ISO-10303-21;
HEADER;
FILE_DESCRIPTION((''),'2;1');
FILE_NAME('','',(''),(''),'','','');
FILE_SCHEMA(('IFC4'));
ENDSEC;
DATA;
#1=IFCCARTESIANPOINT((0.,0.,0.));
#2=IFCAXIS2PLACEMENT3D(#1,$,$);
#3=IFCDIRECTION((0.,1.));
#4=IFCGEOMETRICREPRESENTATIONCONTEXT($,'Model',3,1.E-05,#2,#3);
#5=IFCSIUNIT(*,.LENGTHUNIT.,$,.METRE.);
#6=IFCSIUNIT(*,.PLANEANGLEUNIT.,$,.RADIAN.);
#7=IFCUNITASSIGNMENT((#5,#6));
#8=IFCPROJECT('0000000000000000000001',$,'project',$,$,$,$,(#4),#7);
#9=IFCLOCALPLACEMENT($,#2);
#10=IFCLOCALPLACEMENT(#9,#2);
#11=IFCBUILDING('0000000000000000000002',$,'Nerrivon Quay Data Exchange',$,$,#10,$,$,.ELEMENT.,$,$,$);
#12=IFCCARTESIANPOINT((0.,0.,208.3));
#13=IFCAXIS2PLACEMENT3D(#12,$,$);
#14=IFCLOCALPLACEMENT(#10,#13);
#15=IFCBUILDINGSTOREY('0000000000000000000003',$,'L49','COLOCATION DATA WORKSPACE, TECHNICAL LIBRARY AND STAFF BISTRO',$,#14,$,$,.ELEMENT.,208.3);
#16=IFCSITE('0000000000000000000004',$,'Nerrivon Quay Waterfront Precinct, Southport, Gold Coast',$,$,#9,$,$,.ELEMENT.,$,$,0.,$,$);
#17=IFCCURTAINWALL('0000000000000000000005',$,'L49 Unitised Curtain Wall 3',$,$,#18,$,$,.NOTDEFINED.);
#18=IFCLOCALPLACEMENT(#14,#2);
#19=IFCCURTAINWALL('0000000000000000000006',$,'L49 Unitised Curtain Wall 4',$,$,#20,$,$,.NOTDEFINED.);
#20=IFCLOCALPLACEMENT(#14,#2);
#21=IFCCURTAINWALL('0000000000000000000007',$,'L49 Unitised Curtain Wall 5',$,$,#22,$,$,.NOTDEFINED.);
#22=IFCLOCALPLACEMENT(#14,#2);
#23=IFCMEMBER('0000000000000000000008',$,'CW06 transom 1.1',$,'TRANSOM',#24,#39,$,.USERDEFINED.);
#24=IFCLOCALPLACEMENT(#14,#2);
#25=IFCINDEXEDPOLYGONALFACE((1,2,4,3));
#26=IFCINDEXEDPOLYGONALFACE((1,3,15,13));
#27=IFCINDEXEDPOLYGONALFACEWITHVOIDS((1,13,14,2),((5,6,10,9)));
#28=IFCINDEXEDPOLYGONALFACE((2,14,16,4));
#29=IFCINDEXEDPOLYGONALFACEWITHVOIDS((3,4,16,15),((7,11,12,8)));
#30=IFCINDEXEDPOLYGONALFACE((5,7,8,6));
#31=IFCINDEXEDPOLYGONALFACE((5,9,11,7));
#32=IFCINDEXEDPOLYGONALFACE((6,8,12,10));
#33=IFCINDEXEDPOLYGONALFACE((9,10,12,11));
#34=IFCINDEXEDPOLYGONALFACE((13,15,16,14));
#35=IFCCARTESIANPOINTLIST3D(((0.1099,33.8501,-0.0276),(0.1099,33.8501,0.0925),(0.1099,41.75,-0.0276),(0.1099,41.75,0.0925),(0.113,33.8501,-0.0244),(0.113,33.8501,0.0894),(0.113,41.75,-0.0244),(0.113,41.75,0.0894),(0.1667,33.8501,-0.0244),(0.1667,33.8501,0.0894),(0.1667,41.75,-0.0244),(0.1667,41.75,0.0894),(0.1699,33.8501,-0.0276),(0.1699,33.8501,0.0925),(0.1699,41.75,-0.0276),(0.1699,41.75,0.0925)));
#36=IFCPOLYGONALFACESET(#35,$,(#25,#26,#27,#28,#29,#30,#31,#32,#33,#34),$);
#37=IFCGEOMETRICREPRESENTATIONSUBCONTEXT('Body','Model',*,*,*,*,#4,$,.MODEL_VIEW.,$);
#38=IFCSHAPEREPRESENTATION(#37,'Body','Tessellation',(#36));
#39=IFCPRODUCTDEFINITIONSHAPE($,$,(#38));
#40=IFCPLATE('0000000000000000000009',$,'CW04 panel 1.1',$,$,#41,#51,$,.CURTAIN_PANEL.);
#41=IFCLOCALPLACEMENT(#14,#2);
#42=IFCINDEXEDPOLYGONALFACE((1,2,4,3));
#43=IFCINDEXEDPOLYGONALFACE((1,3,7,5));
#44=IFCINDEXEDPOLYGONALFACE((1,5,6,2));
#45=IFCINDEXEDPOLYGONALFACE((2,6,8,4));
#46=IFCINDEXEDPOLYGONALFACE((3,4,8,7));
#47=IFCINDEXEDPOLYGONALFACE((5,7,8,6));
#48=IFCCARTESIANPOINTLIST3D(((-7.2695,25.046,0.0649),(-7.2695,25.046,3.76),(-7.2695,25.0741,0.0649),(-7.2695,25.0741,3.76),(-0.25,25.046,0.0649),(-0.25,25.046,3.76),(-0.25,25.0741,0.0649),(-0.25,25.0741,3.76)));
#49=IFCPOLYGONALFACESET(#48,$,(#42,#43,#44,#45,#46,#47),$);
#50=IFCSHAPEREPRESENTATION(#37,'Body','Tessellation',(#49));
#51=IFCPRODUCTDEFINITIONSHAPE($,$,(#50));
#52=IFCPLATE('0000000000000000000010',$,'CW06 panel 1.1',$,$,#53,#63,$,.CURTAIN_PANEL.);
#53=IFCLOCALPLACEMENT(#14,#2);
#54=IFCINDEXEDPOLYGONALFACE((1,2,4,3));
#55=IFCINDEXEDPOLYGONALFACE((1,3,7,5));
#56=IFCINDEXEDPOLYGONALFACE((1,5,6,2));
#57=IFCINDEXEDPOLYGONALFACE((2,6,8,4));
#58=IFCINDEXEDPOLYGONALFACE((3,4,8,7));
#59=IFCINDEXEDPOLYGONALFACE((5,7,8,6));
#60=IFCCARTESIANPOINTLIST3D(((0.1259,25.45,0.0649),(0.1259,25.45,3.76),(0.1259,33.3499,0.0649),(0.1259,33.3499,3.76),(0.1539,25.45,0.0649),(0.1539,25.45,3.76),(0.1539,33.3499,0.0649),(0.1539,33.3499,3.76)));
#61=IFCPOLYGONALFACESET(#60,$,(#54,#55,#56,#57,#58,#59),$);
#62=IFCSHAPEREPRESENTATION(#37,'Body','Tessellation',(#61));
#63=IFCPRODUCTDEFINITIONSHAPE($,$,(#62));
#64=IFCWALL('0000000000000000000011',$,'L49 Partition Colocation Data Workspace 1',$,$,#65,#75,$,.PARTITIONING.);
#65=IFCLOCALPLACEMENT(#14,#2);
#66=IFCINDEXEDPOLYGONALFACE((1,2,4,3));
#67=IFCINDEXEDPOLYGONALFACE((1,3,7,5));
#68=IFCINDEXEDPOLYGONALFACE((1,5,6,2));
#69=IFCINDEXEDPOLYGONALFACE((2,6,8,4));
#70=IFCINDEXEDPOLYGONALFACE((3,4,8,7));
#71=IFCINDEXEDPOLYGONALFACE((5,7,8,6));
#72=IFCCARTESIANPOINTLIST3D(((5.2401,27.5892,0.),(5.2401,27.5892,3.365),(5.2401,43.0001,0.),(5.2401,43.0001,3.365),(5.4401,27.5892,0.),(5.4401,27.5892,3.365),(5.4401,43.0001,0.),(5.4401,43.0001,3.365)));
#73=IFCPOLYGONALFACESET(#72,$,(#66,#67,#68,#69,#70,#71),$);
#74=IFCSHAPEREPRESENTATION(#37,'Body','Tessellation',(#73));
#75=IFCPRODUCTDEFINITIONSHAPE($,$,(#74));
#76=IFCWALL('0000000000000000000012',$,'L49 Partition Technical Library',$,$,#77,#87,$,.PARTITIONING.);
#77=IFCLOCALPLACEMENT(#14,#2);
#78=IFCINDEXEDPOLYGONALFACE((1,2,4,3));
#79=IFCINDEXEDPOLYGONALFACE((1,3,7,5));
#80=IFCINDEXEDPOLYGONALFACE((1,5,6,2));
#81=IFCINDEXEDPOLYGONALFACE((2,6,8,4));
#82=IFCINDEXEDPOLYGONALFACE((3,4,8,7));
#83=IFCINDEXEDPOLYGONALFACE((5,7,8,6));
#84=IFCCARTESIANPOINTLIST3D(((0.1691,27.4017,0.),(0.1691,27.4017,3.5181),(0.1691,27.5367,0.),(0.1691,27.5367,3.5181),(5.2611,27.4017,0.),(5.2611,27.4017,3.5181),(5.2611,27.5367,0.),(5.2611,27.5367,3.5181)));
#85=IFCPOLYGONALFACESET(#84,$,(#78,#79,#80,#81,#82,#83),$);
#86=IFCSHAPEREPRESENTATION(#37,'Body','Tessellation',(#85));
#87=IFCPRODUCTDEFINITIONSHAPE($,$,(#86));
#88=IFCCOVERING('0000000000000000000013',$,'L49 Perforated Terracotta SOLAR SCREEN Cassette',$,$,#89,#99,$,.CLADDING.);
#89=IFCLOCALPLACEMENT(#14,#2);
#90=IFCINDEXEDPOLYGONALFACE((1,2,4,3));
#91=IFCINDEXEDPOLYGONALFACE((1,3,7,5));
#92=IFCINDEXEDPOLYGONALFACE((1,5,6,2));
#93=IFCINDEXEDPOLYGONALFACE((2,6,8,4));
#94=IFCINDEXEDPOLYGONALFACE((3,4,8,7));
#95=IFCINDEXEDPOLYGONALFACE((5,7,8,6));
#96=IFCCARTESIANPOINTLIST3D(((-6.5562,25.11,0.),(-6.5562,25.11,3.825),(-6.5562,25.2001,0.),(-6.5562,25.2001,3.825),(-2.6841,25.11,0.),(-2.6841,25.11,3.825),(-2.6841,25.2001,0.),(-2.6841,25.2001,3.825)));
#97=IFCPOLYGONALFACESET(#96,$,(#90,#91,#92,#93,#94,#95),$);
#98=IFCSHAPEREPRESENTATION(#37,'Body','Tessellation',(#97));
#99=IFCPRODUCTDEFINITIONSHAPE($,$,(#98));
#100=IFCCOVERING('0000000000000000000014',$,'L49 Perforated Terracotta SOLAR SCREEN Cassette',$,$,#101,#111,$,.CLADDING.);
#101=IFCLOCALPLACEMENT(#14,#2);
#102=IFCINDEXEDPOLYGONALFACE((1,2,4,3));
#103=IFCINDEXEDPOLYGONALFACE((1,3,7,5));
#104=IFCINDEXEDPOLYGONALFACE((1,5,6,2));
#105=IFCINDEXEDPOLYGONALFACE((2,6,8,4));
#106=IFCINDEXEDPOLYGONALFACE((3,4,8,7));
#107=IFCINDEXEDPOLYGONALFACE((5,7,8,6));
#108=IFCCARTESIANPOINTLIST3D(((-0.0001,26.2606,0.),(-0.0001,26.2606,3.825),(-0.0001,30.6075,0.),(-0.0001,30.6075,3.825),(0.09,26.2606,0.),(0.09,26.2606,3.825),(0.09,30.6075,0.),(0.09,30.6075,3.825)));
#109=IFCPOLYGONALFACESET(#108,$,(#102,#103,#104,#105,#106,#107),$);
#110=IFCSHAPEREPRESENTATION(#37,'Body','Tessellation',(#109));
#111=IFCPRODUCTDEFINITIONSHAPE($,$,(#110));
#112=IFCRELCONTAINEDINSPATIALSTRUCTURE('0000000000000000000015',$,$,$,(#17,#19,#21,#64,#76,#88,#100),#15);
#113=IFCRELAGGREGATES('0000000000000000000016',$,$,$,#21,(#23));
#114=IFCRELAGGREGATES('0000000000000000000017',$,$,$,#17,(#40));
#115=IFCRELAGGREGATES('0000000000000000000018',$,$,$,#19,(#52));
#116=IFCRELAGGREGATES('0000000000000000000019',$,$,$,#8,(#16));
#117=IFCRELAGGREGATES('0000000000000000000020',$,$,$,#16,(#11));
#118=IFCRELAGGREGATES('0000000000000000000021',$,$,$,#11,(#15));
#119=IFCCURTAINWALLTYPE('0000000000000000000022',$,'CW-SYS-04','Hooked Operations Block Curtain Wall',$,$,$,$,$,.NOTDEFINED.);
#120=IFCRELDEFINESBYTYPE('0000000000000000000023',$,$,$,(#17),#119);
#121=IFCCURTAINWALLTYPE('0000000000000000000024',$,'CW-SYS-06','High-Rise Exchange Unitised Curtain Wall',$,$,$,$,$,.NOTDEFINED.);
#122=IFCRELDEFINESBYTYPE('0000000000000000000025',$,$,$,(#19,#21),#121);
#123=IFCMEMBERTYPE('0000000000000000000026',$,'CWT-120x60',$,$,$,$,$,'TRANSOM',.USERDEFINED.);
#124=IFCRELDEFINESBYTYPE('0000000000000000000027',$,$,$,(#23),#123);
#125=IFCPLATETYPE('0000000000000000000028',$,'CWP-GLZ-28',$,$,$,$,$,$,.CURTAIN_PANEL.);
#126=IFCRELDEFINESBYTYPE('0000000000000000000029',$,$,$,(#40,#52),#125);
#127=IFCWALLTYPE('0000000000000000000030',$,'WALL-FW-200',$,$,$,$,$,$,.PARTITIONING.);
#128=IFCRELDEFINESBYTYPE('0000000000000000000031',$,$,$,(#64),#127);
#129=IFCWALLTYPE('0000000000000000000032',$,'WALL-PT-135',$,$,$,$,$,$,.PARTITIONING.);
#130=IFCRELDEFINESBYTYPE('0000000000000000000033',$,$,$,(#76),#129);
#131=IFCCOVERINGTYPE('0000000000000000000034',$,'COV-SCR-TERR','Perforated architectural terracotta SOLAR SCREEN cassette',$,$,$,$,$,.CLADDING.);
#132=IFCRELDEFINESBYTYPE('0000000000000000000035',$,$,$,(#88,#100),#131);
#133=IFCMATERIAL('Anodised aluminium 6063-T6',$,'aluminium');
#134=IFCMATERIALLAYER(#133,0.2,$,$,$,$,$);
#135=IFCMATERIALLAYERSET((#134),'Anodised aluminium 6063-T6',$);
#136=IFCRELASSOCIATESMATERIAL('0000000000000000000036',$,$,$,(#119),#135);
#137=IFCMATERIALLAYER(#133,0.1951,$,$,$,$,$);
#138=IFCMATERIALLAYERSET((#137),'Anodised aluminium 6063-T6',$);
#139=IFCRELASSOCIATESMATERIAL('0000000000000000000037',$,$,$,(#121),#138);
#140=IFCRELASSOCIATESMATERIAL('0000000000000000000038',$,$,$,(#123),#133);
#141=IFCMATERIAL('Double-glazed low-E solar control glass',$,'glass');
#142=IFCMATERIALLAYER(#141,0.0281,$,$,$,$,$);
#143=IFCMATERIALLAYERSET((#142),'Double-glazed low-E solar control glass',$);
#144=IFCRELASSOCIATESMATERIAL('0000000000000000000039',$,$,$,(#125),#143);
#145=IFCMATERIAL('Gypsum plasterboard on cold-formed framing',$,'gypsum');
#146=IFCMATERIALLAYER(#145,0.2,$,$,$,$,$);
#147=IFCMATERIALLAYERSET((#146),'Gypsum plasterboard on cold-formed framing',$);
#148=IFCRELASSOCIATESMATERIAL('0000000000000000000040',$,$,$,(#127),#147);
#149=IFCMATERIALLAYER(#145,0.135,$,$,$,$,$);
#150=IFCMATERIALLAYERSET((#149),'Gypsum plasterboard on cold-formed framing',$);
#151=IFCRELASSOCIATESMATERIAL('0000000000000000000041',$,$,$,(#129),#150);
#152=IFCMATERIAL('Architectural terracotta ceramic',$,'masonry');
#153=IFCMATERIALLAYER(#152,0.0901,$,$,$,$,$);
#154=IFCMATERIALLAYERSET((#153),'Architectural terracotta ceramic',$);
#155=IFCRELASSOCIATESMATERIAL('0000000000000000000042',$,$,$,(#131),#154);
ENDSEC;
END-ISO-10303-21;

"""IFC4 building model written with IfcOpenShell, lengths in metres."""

from ifc_helpers import new_model, si_unit, direction, frame, frame_2d, origin, origin_2d, place, context, subcontext, project, spatial, rectangle, hollow_rectangle, extrude, material, layer, layer_set, material_profile, profile_set, type_object, element, aggregate, save


model = new_model("IFC4")

# Units and contexts
model_context = context("Model", 3, precision=1e-05, world=origin(), true_north=direction((0.0, 1.0)))
body_context = subcontext(model_context, "Body", "Model", "MODEL_VIEW")
ifc_project = project(units=[si_unit("LENGTHUNIT", "METRE"), si_unit("PLANEANGLEUNIT", "RADIAN")], contexts=[model_context])

# Site, building, storey
site_placement = place(None, origin())
site = spatial("IfcSite", under=ifc_project, at=site_placement, Name="Nerrivon Quay Waterfront Precinct, Southport, Gold Coast", CompositionType="ELEMENT", RefElevation=0.0)
building_placement = place(site_placement, origin())
building = spatial("IfcBuilding", under=site, at=building_placement, Name="Nerrivon Quay Data Exchange", CompositionType="ELEMENT")
storey_placement = place(building_placement, frame((0.0, 0.0, 208.3)))
storey = spatial("IfcBuildingStorey", under=building, at=storey_placement, Name="L49", Description="COLOCATION DATA WORKSPACE, TECHNICAL LIBRARY AND STAFF BISTRO", CompositionType="ELEMENT", Elevation=208.3)

# Curtain wall
ifc_material_1 = material(Name="Anodised aluminium 6063-T6", Category="aluminium")
ifc_layer_1 = layer(ifc_material_1, 0.2)
ifc_layer_set_1 = layer_set([ifc_layer_1], Name="Anodised aluminium 6063-T6")
curtain_wall_type_1 = type_object("IfcCurtainWallType", Name="CW-SYS-04", Description="Hooked Operations Block Curtain Wall", PredefinedType="NOTDEFINED", material=ifc_layer_set_1)
curtain_wall_1_placement = place(storey_placement, origin())
curtain_wall_1 = element("IfcCurtainWall", 1, at=curtain_wall_1_placement, inside=storey, type_object=curtain_wall_type_1, Name="L49 Unitised Curtain Wall 3", PredefinedType="NOTDEFINED")

# Curtain wall
ifc_layer_2 = layer(ifc_material_1, 0.1951)
ifc_layer_set_2 = layer_set([ifc_layer_2], Name="Anodised aluminium 6063-T6")
curtain_wall_type_2 = type_object("IfcCurtainWallType", Name="CW-SYS-06", Description="High-Rise Exchange Unitised Curtain Wall", PredefinedType="NOTDEFINED", material=ifc_layer_set_2)
curtain_wall_2_placement = place(storey_placement, origin())
curtain_wall_2 = element("IfcCurtainWall", 2, at=curtain_wall_2_placement, inside=storey, type_object=curtain_wall_type_2, Name="L49 Unitised Curtain Wall 4", PredefinedType="NOTDEFINED")

# Curtain wall
curtain_wall_3_placement = place(storey_placement, origin())
curtain_wall_3 = element("IfcCurtainWall", 3, at=curtain_wall_3_placement, inside=storey, type_object=curtain_wall_type_2, Name="L49 Unitised Curtain Wall 5", PredefinedType="NOTDEFINED")

# Member
ifc_material_profile_1 = material_profile(ifc_material_1, hollow_rectangle(XDim=0.0601, YDim=0.1201, WallThickness=0.0032, at=origin_2d()), Name="ALU-TRAN-120x60")
ifc_profile_set_1 = profile_set([ifc_material_profile_1], Name="Anodised aluminium 6063-T6")
member_type_1 = type_object("IfcMemberType", Name="CWT-120x60", ElementType="TRANSOM", PredefinedType="USERDEFINED", material=ifc_profile_set_1)
member_1_placement = place(storey_placement, frame((0.1399, 33.8501, 0.0325), z_axis=(0.0, 1.0, 0.0), x_axis=(-1.0, 0.0, 0.0)))
member_1 = element("IfcMember", 4, at=member_1_placement, type_object=member_type_1, Name="CW06 transom 1.1", ObjectType="TRANSOM", PredefinedType="USERDEFINED", context=body_context, shape_type="SweptSolid", body=[
    extrude(hollow_rectangle(XDim=0.0601, YDim=0.1201, WallThickness=0.0032, at=origin_2d()), origin(), (0.0, 0.0, 1.0), 7.8999),
])
aggregate(curtain_wall_3, [member_1])

# Plates
ifc_material_2 = material(Name="Double-glazed low-E solar control glass", Category="glass")
ifc_layer_3 = layer(ifc_material_2, 0.0281)
ifc_layer_set_3 = layer_set([ifc_layer_3], Name="Double-glazed low-E solar control glass")
plate_type = type_object("IfcPlateType", Name="CWP-GLZ-28", PredefinedType="CURTAIN_PANEL", material=ifc_layer_set_3)
plate_1_placement = place(storey_placement, frame((-3.7598, 25.0601, 0.0649), z_axis=(0.0, 0.0, 1.0), x_axis=(1.0, 0.0, 0.0)))
plate_1 = element("IfcPlate", 5, at=plate_1_placement, type_object=plate_type, Name="CW04 panel 1.1", PredefinedType="CURTAIN_PANEL", context=body_context, shape_type="SweptSolid", body=[
    extrude(rectangle(XDim=7.0195, YDim=0.0281, at=origin_2d()), origin(), (0.0, 0.0, 1.0), 3.6951),
])
aggregate(curtain_wall_1, [plate_1])
plate_2_placement = place(storey_placement, frame((0.1399, 29.3999, 0.0649), z_axis=(0.0, 0.0, 1.0), x_axis=(0.0, 1.0, 0.0)))
plate_2 = element("IfcPlate", 6, at=plate_2_placement, type_object=plate_type, Name="CW06 panel 1.1", PredefinedType="CURTAIN_PANEL", context=body_context, shape_type="SweptSolid", body=[
    extrude(rectangle(XDim=7.8999, YDim=0.0281, at=origin_2d()), origin(), (0.0, 0.0, 1.0), 3.6951),
])
aggregate(curtain_wall_2, [plate_2])

# Walls
ifc_material_3 = material(Name="Gypsum plasterboard on cold-formed framing", Category="gypsum")
ifc_layer_4 = layer(ifc_material_3, 0.2)
ifc_layer_set_4 = layer_set([ifc_layer_4], Name="Gypsum plasterboard on cold-formed framing")
wall_type_1 = type_object("IfcWallType", Name="WALL-FW-200", PredefinedType="PARTITIONING", material=ifc_layer_set_4)
wall_1_placement = place(storey_placement, frame((5.3401, 27.5891, 0.0), z_axis=(0.0, 0.0, 1.0), x_axis=(0.0, 1.0, 0.0)))
element("IfcWall", 7, at=wall_1_placement, inside=storey, type_object=wall_type_1, Name="L49 Partition Colocation Data Workspace 1", PredefinedType="PARTITIONING", context=body_context, shape_type="SweptSolid", body=[
    extrude(rectangle(XDim=15.4109, YDim=0.2, at=frame_2d((7.7056, 0.0))), origin(), (0.0, 0.0, 1.0), 3.365),
])
ifc_layer_5 = layer(ifc_material_3, 0.135)
ifc_layer_set_5 = layer_set([ifc_layer_5], Name="Gypsum plasterboard on cold-formed framing")
wall_type_2 = type_object("IfcWallType", Name="WALL-PT-135", PredefinedType="PARTITIONING", material=ifc_layer_set_5)
wall_2_placement = place(storey_placement, frame((5.261, 27.4692, 0.0), z_axis=(0.0, 0.0, 1.0), x_axis=(-1.0, 0.0, 0.0)))
element("IfcWall", 8, at=wall_2_placement, inside=storey, type_object=wall_type_2, Name="L49 Partition Technical Library", PredefinedType="PARTITIONING", context=body_context, shape_type="SweptSolid", body=[
    extrude(rectangle(XDim=5.092, YDim=0.135, at=frame_2d((2.5459, 0.0))), origin(), (0.0, 0.0, 1.0), 3.5181),
])

# Coverings
ifc_material_4 = material(Name="Architectural terracotta ceramic", Category="masonry")
ifc_layer_6 = layer(ifc_material_4, 0.0901)
ifc_layer_set_6 = layer_set([ifc_layer_6], Name="Architectural terracotta ceramic")
covering_type = type_object("IfcCoveringType", Name="COV-SCR-TERR", Description="Perforated architectural terracotta SOLAR SCREEN cassette", PredefinedType="CLADDING", material=ifc_layer_set_6)
covering_1_placement = place(storey_placement, frame((-4.6201, 25.155, 0.0), z_axis=(0.0, 0.0, 1.0), x_axis=(1.0, 0.0, 0.0)))
element("IfcCovering", 9, at=covering_1_placement, inside=storey, type_object=covering_type, Name="L49 Perforated Terracotta SOLAR SCREEN Cassette", PredefinedType="CLADDING", context=body_context, shape_type="SweptSolid", body=[
    extrude(rectangle(XDim=3.8721, YDim=0.0901, at=origin_2d()), origin(), (0.0, 0.0, 1.0), 3.825),
])
covering_2_placement = place(storey_placement, frame((0.0449, 28.4341, 0.0), z_axis=(0.0, 0.0, 1.0), x_axis=(0.0, 1.0, 0.0)))
element("IfcCovering", 10, at=covering_2_placement, inside=storey, type_object=covering_type, Name="L49 Perforated Terracotta SOLAR SCREEN Cassette", PredefinedType="CLADDING", context=body_context, shape_type="SweptSolid", body=[
    extrude(rectangle(XDim=4.3469, YDim=0.0901, at=origin_2d()), origin(), (0.0, 0.0, 1.0), 3.825),
])

save(model, "model.ifc")
